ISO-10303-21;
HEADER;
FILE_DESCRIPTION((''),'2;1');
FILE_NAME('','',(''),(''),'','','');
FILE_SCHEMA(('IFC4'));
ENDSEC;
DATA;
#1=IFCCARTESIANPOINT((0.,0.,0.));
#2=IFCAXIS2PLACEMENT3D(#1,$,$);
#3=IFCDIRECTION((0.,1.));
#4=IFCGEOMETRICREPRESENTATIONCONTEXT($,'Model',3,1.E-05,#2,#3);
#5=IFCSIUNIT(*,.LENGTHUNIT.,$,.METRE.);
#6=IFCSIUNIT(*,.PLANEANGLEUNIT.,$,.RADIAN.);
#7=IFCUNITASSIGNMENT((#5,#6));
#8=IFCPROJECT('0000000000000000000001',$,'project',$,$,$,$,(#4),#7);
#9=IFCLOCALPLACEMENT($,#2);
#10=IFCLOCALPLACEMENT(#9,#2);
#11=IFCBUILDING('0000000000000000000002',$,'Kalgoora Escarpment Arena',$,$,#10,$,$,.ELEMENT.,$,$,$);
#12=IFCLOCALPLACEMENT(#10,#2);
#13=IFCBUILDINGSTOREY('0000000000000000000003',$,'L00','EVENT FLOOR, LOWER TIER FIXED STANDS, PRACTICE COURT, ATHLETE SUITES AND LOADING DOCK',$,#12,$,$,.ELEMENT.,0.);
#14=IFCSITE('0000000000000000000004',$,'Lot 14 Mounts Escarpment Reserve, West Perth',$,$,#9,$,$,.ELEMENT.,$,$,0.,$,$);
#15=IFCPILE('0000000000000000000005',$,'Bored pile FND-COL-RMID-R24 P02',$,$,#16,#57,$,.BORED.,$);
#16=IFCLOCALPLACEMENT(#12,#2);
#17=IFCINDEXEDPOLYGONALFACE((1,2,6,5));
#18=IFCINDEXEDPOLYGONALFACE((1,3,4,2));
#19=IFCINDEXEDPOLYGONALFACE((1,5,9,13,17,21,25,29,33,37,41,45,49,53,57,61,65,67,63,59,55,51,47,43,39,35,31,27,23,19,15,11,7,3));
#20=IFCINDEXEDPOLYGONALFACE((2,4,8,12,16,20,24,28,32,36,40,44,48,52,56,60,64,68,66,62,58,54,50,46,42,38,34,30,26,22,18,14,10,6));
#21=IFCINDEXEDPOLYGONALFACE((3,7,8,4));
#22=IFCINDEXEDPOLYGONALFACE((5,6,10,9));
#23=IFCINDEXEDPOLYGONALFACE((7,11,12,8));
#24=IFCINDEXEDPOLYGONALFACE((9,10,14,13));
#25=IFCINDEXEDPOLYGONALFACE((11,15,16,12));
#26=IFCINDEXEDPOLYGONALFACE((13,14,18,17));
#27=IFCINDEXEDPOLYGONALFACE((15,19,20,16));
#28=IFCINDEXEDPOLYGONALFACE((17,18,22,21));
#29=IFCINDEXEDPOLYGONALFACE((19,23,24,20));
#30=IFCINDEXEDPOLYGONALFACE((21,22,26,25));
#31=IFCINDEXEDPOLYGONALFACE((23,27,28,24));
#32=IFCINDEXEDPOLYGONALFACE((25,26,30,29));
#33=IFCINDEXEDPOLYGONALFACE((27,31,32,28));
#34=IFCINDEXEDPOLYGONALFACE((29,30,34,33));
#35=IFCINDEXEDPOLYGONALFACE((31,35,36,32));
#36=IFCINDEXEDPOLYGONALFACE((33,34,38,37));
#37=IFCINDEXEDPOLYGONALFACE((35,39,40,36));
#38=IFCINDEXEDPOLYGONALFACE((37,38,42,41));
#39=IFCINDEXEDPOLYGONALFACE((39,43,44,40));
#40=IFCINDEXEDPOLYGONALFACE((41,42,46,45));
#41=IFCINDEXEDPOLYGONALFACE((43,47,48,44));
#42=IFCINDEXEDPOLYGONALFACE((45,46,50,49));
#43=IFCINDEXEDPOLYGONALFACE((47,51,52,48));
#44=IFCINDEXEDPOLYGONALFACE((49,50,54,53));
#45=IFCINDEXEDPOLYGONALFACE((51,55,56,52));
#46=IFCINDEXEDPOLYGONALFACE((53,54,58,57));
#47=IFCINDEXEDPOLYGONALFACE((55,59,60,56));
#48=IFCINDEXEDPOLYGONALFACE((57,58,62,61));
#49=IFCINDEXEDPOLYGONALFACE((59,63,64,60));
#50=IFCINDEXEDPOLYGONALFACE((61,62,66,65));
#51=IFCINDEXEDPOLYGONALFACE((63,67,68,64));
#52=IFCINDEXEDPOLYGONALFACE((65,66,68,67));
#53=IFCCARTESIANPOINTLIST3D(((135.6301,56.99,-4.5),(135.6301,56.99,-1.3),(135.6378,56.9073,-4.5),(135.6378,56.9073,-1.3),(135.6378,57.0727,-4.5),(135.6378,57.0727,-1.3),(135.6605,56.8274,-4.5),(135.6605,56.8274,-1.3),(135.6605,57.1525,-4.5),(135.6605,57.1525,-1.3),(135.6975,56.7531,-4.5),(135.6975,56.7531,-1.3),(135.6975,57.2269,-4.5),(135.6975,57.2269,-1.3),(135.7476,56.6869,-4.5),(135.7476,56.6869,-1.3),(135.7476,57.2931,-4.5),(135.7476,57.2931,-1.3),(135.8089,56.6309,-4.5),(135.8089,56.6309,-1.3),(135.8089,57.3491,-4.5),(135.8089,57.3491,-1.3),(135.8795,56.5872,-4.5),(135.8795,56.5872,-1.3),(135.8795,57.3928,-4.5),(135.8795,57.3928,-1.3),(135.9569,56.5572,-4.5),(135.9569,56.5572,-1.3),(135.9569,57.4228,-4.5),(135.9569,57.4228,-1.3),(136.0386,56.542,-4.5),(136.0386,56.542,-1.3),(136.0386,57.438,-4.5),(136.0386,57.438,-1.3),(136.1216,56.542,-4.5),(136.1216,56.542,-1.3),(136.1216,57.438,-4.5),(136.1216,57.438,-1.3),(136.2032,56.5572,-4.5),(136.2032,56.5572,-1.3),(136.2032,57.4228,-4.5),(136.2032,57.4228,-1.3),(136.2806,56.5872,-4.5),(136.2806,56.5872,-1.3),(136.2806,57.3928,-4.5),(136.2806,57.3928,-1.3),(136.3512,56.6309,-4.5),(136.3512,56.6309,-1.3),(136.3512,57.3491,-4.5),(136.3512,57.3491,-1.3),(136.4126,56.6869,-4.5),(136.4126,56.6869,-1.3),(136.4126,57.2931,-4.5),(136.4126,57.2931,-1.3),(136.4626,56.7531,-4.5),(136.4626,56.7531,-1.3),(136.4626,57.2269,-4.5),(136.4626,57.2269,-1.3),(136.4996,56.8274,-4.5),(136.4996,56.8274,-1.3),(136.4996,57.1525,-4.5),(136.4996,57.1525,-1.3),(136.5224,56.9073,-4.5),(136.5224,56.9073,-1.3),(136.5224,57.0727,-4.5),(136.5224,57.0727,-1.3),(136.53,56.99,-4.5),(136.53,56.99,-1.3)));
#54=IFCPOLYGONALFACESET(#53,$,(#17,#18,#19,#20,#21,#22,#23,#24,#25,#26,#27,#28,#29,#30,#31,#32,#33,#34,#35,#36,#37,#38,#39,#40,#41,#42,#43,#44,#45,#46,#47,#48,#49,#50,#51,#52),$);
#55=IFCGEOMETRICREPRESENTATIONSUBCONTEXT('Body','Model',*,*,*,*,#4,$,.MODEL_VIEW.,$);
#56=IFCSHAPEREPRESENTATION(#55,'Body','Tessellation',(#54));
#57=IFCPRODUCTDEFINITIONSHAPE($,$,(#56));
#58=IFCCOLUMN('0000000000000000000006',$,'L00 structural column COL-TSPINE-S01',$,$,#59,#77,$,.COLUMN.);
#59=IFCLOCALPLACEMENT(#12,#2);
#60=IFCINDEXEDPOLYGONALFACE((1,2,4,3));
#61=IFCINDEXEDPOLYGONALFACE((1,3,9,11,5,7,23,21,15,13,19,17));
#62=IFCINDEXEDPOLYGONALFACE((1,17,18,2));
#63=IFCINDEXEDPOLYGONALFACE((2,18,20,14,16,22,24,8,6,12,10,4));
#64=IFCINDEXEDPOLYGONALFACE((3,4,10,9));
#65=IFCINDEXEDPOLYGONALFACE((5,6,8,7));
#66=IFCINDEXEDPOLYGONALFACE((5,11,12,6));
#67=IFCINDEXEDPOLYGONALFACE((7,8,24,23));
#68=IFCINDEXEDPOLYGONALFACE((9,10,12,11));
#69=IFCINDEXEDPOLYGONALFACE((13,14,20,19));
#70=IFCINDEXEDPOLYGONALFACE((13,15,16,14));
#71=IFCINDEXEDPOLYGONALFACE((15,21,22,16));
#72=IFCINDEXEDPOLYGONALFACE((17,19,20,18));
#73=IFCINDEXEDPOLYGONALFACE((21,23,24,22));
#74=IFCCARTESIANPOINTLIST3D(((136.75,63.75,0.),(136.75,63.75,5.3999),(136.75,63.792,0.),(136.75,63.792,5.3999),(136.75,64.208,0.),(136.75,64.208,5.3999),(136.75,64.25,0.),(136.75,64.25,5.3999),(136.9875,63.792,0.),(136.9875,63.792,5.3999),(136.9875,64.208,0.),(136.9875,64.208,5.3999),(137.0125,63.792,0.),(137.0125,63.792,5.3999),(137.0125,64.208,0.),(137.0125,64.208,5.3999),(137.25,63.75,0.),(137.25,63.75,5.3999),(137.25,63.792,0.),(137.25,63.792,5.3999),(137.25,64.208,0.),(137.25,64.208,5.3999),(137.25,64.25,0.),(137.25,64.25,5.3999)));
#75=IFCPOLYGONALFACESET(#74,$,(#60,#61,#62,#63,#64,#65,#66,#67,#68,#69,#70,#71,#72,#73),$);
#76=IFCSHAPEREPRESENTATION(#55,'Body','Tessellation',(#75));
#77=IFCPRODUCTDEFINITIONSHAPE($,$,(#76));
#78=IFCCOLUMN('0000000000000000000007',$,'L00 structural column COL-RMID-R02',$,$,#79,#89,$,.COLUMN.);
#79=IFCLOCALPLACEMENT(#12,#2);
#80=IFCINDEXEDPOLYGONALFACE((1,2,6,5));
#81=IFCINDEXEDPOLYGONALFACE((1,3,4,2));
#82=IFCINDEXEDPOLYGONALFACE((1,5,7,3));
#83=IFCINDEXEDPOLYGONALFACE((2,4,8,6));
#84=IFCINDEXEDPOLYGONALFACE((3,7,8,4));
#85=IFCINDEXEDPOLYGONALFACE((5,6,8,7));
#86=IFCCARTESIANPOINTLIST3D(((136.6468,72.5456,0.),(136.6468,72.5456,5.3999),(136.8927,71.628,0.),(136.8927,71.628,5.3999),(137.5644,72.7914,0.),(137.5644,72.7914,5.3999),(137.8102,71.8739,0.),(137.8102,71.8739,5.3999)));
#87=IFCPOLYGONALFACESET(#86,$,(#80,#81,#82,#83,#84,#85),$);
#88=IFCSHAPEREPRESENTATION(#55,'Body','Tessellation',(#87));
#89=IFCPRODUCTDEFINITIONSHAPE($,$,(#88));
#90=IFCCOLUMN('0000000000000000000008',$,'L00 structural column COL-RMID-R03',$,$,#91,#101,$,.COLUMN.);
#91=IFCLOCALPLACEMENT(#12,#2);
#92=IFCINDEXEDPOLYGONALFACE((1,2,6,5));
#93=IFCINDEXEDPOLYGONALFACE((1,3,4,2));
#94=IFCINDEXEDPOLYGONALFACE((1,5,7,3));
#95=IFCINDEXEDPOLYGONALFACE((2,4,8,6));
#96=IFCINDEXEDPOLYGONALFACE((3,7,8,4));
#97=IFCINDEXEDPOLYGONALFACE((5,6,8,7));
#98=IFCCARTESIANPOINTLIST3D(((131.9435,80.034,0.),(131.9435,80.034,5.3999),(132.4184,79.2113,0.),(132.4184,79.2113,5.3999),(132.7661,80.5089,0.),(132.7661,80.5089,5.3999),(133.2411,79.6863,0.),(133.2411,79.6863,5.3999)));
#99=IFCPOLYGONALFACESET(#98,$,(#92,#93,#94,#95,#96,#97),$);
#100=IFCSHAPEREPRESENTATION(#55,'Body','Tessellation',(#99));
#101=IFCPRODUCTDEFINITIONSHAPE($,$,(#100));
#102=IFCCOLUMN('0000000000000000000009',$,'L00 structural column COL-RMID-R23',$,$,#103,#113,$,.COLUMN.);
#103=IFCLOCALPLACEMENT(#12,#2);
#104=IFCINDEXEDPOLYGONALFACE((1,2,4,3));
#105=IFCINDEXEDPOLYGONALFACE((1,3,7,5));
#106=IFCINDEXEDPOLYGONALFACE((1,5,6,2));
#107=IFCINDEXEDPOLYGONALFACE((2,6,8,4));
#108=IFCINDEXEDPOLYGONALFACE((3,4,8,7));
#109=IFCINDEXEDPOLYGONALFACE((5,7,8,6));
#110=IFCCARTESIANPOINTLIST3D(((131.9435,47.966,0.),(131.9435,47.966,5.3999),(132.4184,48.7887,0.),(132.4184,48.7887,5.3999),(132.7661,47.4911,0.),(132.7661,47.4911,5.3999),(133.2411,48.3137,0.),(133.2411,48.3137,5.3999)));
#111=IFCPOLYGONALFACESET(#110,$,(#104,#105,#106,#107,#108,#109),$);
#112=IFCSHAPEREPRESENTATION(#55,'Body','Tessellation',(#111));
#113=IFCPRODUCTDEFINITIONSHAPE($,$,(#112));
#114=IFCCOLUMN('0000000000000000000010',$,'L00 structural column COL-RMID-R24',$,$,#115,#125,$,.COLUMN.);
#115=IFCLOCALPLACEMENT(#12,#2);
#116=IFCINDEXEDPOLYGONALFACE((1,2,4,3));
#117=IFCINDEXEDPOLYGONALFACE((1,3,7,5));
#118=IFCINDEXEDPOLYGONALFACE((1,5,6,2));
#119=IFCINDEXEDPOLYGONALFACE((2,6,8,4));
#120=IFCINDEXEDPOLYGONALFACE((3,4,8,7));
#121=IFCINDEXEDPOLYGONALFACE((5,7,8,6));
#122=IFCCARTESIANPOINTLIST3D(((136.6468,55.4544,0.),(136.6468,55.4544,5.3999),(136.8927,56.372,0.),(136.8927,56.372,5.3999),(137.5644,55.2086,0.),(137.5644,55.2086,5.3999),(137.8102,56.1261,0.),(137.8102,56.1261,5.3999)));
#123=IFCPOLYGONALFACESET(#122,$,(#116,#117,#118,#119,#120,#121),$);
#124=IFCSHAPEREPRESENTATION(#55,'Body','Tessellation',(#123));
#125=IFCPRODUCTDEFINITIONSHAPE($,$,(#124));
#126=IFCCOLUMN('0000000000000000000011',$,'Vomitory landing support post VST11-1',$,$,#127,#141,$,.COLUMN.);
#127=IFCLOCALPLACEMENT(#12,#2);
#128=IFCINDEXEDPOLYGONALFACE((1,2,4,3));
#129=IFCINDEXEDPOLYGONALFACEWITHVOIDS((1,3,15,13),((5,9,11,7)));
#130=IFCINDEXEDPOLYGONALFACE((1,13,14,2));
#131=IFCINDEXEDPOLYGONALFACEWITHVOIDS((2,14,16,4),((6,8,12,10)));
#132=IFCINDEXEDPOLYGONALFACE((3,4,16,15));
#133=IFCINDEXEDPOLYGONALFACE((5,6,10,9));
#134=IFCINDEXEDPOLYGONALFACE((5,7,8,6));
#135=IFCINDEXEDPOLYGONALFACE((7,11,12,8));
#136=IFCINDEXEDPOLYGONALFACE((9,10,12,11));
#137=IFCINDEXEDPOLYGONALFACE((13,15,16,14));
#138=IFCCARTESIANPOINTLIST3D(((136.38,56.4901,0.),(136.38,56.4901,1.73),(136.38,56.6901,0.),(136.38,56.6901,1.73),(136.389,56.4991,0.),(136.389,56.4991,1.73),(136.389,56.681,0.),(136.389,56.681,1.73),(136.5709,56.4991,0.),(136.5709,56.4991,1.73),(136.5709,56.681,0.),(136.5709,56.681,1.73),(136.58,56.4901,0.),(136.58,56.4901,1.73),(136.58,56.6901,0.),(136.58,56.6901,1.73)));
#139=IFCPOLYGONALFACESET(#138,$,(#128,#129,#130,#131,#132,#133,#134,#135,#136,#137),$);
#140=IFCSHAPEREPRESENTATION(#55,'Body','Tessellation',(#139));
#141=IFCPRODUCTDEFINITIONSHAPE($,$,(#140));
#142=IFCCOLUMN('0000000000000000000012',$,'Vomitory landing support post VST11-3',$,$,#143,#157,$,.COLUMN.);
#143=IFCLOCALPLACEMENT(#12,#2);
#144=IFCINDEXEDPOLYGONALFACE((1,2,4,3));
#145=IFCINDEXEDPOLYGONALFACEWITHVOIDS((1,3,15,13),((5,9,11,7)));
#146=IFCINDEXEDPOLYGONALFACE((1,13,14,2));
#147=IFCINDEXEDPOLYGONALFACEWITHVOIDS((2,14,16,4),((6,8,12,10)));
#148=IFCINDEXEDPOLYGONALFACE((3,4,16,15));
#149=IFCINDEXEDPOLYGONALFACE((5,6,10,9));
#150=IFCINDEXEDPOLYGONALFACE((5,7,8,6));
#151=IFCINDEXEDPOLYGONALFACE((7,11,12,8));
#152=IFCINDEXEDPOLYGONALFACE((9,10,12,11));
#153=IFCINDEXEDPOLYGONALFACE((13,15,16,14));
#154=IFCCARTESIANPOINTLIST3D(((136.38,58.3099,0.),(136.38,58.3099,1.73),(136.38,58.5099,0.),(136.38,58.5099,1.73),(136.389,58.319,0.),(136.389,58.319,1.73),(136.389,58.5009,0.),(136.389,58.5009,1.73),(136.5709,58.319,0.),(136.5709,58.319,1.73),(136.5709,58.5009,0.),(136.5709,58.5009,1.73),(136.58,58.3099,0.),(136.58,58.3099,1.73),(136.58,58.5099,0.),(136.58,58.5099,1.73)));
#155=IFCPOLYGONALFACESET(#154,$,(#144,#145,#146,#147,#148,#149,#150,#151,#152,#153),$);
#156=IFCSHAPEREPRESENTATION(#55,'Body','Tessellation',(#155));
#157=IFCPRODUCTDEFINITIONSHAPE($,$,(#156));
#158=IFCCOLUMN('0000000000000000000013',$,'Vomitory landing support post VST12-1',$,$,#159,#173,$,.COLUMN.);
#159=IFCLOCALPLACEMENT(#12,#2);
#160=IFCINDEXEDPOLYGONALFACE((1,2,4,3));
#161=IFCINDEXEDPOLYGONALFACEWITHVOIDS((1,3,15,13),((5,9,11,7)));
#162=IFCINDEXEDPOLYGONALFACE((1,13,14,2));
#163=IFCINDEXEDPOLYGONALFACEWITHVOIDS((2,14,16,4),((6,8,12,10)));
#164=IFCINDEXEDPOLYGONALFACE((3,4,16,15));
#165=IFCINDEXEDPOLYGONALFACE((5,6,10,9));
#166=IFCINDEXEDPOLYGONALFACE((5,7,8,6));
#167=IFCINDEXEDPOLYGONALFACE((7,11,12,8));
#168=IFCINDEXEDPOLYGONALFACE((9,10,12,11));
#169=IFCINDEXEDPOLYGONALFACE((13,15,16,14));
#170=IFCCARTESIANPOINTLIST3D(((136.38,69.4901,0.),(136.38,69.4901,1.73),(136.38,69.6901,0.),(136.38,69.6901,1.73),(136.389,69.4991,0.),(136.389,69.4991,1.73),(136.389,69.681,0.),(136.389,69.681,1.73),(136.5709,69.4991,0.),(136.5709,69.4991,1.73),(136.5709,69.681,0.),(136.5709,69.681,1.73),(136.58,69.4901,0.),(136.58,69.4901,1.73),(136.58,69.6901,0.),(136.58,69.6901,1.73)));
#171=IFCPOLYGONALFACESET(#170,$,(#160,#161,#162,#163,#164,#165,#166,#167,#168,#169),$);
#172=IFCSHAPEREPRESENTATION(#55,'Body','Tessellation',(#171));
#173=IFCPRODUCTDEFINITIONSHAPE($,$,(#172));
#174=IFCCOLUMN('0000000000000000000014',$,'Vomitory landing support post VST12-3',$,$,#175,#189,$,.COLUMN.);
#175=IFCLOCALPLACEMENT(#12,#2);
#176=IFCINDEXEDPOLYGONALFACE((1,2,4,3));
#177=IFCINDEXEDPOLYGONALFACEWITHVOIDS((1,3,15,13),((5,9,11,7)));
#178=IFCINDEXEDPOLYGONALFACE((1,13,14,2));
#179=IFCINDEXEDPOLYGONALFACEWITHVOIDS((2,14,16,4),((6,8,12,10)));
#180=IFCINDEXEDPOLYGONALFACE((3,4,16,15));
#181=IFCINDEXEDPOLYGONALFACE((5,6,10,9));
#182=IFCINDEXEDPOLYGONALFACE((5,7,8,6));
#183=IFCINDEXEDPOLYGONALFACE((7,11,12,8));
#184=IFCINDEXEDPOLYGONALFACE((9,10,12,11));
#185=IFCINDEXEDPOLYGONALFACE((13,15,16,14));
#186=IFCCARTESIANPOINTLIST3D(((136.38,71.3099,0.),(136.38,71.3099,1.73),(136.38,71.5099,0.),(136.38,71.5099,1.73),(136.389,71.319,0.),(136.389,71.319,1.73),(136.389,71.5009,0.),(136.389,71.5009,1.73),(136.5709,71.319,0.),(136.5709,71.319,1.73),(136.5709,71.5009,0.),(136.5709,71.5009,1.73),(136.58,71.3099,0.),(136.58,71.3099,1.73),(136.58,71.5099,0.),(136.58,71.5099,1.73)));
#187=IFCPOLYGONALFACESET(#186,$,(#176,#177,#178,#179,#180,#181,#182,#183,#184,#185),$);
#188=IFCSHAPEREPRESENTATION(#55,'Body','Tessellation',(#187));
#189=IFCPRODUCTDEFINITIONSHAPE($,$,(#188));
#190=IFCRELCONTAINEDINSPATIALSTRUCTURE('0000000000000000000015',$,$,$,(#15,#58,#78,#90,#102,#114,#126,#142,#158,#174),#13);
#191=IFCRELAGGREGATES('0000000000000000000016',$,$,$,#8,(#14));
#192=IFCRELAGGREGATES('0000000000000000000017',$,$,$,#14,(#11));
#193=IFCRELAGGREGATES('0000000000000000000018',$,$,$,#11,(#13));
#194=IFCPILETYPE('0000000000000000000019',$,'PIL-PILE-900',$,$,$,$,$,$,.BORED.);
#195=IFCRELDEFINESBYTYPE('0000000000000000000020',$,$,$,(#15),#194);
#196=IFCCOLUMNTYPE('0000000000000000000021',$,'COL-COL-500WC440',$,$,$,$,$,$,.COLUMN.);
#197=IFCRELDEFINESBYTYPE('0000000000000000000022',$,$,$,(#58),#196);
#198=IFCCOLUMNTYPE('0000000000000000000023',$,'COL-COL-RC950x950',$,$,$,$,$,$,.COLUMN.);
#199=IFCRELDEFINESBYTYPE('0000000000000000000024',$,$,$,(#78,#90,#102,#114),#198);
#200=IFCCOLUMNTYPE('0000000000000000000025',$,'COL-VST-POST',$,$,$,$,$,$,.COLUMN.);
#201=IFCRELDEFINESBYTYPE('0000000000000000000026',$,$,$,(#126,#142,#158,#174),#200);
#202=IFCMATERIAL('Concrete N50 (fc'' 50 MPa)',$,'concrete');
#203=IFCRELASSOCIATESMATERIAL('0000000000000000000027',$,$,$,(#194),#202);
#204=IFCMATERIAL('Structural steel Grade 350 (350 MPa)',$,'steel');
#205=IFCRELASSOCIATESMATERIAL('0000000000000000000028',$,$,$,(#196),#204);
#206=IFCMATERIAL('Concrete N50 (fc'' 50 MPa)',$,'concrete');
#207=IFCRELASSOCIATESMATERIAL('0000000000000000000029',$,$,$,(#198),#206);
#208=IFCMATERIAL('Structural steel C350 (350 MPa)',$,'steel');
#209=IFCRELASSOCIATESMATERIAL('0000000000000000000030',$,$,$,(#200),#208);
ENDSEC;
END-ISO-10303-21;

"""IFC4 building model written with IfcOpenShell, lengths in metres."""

from ifc_helpers import new_model, si_unit, direction, frame, origin, origin_2d, place, context, subcontext, project, spatial, rectangle, hollow_rectangle, circle, i_section, extrude, material, material_profile, profile_set, type_object, element, save


model = new_model("IFC4")

# Units and contexts
model_context = context("Model", 3, precision=1e-05, world=origin(), true_north=direction((0.0, 1.0)))
body_context = subcontext(model_context, "Body", "Model", "MODEL_VIEW")
ifc_project = project(units=[si_unit("LENGTHUNIT", "METRE"), si_unit("PLANEANGLEUNIT", "RADIAN")], contexts=[model_context])

# Site, building, storey
site_placement = place(None, origin())
site = spatial("IfcSite", under=ifc_project, at=site_placement, Name="Lot 14 Mounts Escarpment Reserve, West Perth", CompositionType="ELEMENT", RefElevation=0.0)
building_placement = place(site_placement, origin())
building = spatial("IfcBuilding", under=site, at=building_placement, Name="Kalgoora Escarpment Arena", CompositionType="ELEMENT")
storey_placement = place(building_placement, origin())
storey = spatial("IfcBuildingStorey", under=building, at=storey_placement, Name="L00", Description="EVENT FLOOR, LOWER TIER FIXED STANDS, PRACTICE COURT, ATHLETE SUITES AND LOADING DOCK", CompositionType="ELEMENT", Elevation=0.0)

# Pile
ifc_material_1 = material(Name="Concrete N50 (fc' 50 MPa)", Category="concrete")
ifc_material_profile_1 = material_profile(ifc_material_1, circle(Radius=0.45, at=origin_2d()))
ifc_profile_set_1 = profile_set([ifc_material_profile_1], Name="Concrete N50 (fc' 50 MPa)")
pile_type_1 = type_object("IfcPileType", Name="PIL-PILE-900", PredefinedType="BORED", material=ifc_profile_set_1)
for number, where, z_axis, x_axis, name in (
    (1, (136.0801, 56.99, -1.3), (0.0, 0.0, -1.0), (1.0, 0.0, 0.0), "Bored pile FND-COL-RMID-R24 P02"),
):
    element("IfcPile", number, at=place(storey_placement, frame(where, z_axis=z_axis, x_axis=x_axis)), inside=storey, type_object=pile_type_1, Name=name, PredefinedType="BORED", context=body_context, shape_type="SweptSolid", body=[
        extrude(circle(Radius=0.45, at=origin_2d()), origin(), (0.0, 0.0, 1.0), 3.2),
    ])

# Columns
ifc_material_2 = material(Name="Structural steel Grade 350 (350 MPa)", Category="steel")
ifc_material_profile_2 = material_profile(ifc_material_2, i_section(OverallWidth=0.5, OverallDepth=0.5, WebThickness=0.0249, FlangeThickness=0.042, at=origin_2d()))
ifc_profile_set_2 = profile_set([ifc_material_profile_2], Name="Structural steel Grade 350 (350 MPa)")
column_type_1 = type_object("IfcColumnType", Name="COL-COL-500WC440", PredefinedType="COLUMN", material=ifc_profile_set_2)
column_placement = place(storey_placement, frame((137.0, 64.0, 0.0), z_axis=(0.0, 0.0, 1.0), x_axis=(1.0, 0.0, 0.0)))
element("IfcColumn", 2, at=column_placement, inside=storey, type_object=column_type_1, Name="L00 structural column COL-TSPINE-S01", PredefinedType="COLUMN", context=body_context, shape_type="SweptSolid", body=[
    extrude(i_section(OverallWidth=0.5, OverallDepth=0.5, WebThickness=0.0249, FlangeThickness=0.042, at=origin_2d()), origin(), (0.0, 0.0, 1.0), 5.3999),
])
ifc_material_3 = material(Name="Concrete N50 (fc' 50 MPa)", Category="concrete")
ifc_material_profile_3 = material_profile(ifc_material_3, rectangle(XDim=0.95, YDim=0.95, at=origin_2d()))
ifc_profile_set_3 = profile_set([ifc_material_profile_3], Name="Concrete N50 (fc' 50 MPa)")
column_type_2 = type_object("IfcColumnType", Name="COL-COL-RC950x950", PredefinedType="COLUMN", material=ifc_profile_set_3)
for number, where, z_axis, x_axis, name in (
    (3, (137.2285, 72.2097, 0.0), (0.0, 0.0, 1.0), (0.965926, 0.258819, 0.0), "L00 structural column COL-RMID-R02"),
    (4, (132.5923, 79.8601, 0.0), (0.0, 0.0, 1.0), (0.866025, 0.5, 0.0), "L00 structural column COL-RMID-R03"),
    (5, (132.5923, 48.1399, 0.0), (0.0, 0.0, 1.0), (0.866025, -0.5, 0.0), "L00 structural column COL-RMID-R23"),
    (6, (137.2285, 55.7903, 0.0), (0.0, 0.0, 1.0), (0.965926, -0.258819, 0.0), "L00 structural column COL-RMID-R24"),
):
    element("IfcColumn", number, at=place(storey_placement, frame(where, z_axis=z_axis, x_axis=x_axis)), inside=storey, type_object=column_type_2, Name=name, PredefinedType="COLUMN", context=body_context, shape_type="SweptSolid", body=[
        extrude(rectangle(XDim=0.95, YDim=0.95, at=origin_2d()), origin(), (0.0, 0.0, 1.0), 5.3999),
    ])
ifc_material_4 = material(Name="Structural steel C350 (350 MPa)", Category="steel")
ifc_material_profile_4 = material_profile(ifc_material_4, hollow_rectangle(XDim=0.2, YDim=0.2, WallThickness=0.009, at=origin_2d()))
ifc_profile_set_4 = profile_set([ifc_material_profile_4], Name="Structural steel C350 (350 MPa)")
column_type_3 = type_object("IfcColumnType", Name="COL-VST-POST", PredefinedType="COLUMN", material=ifc_profile_set_4)
for number, where, z_axis, x_axis, name in (
    (7, (136.48, 56.5901, 0.0), (0.0, 0.0, 1.0), (1.0, 0.0, 0.0), "Vomitory landing support post VST11-1"),
    (8, (136.48, 58.4099, 0.0), (0.0, 0.0, 1.0), (1.0, 0.0, 0.0), "Vomitory landing support post VST11-3"),
    (9, (136.48, 69.5901, 0.0), (0.0, 0.0, 1.0), (1.0, 0.0, 0.0), "Vomitory landing support post VST12-1"),
    (10, (136.48, 71.4099, 0.0), (0.0, 0.0, 1.0), (1.0, 0.0, 0.0), "Vomitory landing support post VST12-3"),
):
    element("IfcColumn", number, at=place(storey_placement, frame(where, z_axis=z_axis, x_axis=x_axis)), inside=storey, type_object=column_type_3, Name=name, PredefinedType="COLUMN", context=body_context, shape_type="SweptSolid", body=[
        extrude(hollow_rectangle(XDim=0.2, YDim=0.2, WallThickness=0.009, at=origin_2d()), origin(), (0.0, 0.0, 1.0), 1.73),
    ])

save(model, "model.ifc")
